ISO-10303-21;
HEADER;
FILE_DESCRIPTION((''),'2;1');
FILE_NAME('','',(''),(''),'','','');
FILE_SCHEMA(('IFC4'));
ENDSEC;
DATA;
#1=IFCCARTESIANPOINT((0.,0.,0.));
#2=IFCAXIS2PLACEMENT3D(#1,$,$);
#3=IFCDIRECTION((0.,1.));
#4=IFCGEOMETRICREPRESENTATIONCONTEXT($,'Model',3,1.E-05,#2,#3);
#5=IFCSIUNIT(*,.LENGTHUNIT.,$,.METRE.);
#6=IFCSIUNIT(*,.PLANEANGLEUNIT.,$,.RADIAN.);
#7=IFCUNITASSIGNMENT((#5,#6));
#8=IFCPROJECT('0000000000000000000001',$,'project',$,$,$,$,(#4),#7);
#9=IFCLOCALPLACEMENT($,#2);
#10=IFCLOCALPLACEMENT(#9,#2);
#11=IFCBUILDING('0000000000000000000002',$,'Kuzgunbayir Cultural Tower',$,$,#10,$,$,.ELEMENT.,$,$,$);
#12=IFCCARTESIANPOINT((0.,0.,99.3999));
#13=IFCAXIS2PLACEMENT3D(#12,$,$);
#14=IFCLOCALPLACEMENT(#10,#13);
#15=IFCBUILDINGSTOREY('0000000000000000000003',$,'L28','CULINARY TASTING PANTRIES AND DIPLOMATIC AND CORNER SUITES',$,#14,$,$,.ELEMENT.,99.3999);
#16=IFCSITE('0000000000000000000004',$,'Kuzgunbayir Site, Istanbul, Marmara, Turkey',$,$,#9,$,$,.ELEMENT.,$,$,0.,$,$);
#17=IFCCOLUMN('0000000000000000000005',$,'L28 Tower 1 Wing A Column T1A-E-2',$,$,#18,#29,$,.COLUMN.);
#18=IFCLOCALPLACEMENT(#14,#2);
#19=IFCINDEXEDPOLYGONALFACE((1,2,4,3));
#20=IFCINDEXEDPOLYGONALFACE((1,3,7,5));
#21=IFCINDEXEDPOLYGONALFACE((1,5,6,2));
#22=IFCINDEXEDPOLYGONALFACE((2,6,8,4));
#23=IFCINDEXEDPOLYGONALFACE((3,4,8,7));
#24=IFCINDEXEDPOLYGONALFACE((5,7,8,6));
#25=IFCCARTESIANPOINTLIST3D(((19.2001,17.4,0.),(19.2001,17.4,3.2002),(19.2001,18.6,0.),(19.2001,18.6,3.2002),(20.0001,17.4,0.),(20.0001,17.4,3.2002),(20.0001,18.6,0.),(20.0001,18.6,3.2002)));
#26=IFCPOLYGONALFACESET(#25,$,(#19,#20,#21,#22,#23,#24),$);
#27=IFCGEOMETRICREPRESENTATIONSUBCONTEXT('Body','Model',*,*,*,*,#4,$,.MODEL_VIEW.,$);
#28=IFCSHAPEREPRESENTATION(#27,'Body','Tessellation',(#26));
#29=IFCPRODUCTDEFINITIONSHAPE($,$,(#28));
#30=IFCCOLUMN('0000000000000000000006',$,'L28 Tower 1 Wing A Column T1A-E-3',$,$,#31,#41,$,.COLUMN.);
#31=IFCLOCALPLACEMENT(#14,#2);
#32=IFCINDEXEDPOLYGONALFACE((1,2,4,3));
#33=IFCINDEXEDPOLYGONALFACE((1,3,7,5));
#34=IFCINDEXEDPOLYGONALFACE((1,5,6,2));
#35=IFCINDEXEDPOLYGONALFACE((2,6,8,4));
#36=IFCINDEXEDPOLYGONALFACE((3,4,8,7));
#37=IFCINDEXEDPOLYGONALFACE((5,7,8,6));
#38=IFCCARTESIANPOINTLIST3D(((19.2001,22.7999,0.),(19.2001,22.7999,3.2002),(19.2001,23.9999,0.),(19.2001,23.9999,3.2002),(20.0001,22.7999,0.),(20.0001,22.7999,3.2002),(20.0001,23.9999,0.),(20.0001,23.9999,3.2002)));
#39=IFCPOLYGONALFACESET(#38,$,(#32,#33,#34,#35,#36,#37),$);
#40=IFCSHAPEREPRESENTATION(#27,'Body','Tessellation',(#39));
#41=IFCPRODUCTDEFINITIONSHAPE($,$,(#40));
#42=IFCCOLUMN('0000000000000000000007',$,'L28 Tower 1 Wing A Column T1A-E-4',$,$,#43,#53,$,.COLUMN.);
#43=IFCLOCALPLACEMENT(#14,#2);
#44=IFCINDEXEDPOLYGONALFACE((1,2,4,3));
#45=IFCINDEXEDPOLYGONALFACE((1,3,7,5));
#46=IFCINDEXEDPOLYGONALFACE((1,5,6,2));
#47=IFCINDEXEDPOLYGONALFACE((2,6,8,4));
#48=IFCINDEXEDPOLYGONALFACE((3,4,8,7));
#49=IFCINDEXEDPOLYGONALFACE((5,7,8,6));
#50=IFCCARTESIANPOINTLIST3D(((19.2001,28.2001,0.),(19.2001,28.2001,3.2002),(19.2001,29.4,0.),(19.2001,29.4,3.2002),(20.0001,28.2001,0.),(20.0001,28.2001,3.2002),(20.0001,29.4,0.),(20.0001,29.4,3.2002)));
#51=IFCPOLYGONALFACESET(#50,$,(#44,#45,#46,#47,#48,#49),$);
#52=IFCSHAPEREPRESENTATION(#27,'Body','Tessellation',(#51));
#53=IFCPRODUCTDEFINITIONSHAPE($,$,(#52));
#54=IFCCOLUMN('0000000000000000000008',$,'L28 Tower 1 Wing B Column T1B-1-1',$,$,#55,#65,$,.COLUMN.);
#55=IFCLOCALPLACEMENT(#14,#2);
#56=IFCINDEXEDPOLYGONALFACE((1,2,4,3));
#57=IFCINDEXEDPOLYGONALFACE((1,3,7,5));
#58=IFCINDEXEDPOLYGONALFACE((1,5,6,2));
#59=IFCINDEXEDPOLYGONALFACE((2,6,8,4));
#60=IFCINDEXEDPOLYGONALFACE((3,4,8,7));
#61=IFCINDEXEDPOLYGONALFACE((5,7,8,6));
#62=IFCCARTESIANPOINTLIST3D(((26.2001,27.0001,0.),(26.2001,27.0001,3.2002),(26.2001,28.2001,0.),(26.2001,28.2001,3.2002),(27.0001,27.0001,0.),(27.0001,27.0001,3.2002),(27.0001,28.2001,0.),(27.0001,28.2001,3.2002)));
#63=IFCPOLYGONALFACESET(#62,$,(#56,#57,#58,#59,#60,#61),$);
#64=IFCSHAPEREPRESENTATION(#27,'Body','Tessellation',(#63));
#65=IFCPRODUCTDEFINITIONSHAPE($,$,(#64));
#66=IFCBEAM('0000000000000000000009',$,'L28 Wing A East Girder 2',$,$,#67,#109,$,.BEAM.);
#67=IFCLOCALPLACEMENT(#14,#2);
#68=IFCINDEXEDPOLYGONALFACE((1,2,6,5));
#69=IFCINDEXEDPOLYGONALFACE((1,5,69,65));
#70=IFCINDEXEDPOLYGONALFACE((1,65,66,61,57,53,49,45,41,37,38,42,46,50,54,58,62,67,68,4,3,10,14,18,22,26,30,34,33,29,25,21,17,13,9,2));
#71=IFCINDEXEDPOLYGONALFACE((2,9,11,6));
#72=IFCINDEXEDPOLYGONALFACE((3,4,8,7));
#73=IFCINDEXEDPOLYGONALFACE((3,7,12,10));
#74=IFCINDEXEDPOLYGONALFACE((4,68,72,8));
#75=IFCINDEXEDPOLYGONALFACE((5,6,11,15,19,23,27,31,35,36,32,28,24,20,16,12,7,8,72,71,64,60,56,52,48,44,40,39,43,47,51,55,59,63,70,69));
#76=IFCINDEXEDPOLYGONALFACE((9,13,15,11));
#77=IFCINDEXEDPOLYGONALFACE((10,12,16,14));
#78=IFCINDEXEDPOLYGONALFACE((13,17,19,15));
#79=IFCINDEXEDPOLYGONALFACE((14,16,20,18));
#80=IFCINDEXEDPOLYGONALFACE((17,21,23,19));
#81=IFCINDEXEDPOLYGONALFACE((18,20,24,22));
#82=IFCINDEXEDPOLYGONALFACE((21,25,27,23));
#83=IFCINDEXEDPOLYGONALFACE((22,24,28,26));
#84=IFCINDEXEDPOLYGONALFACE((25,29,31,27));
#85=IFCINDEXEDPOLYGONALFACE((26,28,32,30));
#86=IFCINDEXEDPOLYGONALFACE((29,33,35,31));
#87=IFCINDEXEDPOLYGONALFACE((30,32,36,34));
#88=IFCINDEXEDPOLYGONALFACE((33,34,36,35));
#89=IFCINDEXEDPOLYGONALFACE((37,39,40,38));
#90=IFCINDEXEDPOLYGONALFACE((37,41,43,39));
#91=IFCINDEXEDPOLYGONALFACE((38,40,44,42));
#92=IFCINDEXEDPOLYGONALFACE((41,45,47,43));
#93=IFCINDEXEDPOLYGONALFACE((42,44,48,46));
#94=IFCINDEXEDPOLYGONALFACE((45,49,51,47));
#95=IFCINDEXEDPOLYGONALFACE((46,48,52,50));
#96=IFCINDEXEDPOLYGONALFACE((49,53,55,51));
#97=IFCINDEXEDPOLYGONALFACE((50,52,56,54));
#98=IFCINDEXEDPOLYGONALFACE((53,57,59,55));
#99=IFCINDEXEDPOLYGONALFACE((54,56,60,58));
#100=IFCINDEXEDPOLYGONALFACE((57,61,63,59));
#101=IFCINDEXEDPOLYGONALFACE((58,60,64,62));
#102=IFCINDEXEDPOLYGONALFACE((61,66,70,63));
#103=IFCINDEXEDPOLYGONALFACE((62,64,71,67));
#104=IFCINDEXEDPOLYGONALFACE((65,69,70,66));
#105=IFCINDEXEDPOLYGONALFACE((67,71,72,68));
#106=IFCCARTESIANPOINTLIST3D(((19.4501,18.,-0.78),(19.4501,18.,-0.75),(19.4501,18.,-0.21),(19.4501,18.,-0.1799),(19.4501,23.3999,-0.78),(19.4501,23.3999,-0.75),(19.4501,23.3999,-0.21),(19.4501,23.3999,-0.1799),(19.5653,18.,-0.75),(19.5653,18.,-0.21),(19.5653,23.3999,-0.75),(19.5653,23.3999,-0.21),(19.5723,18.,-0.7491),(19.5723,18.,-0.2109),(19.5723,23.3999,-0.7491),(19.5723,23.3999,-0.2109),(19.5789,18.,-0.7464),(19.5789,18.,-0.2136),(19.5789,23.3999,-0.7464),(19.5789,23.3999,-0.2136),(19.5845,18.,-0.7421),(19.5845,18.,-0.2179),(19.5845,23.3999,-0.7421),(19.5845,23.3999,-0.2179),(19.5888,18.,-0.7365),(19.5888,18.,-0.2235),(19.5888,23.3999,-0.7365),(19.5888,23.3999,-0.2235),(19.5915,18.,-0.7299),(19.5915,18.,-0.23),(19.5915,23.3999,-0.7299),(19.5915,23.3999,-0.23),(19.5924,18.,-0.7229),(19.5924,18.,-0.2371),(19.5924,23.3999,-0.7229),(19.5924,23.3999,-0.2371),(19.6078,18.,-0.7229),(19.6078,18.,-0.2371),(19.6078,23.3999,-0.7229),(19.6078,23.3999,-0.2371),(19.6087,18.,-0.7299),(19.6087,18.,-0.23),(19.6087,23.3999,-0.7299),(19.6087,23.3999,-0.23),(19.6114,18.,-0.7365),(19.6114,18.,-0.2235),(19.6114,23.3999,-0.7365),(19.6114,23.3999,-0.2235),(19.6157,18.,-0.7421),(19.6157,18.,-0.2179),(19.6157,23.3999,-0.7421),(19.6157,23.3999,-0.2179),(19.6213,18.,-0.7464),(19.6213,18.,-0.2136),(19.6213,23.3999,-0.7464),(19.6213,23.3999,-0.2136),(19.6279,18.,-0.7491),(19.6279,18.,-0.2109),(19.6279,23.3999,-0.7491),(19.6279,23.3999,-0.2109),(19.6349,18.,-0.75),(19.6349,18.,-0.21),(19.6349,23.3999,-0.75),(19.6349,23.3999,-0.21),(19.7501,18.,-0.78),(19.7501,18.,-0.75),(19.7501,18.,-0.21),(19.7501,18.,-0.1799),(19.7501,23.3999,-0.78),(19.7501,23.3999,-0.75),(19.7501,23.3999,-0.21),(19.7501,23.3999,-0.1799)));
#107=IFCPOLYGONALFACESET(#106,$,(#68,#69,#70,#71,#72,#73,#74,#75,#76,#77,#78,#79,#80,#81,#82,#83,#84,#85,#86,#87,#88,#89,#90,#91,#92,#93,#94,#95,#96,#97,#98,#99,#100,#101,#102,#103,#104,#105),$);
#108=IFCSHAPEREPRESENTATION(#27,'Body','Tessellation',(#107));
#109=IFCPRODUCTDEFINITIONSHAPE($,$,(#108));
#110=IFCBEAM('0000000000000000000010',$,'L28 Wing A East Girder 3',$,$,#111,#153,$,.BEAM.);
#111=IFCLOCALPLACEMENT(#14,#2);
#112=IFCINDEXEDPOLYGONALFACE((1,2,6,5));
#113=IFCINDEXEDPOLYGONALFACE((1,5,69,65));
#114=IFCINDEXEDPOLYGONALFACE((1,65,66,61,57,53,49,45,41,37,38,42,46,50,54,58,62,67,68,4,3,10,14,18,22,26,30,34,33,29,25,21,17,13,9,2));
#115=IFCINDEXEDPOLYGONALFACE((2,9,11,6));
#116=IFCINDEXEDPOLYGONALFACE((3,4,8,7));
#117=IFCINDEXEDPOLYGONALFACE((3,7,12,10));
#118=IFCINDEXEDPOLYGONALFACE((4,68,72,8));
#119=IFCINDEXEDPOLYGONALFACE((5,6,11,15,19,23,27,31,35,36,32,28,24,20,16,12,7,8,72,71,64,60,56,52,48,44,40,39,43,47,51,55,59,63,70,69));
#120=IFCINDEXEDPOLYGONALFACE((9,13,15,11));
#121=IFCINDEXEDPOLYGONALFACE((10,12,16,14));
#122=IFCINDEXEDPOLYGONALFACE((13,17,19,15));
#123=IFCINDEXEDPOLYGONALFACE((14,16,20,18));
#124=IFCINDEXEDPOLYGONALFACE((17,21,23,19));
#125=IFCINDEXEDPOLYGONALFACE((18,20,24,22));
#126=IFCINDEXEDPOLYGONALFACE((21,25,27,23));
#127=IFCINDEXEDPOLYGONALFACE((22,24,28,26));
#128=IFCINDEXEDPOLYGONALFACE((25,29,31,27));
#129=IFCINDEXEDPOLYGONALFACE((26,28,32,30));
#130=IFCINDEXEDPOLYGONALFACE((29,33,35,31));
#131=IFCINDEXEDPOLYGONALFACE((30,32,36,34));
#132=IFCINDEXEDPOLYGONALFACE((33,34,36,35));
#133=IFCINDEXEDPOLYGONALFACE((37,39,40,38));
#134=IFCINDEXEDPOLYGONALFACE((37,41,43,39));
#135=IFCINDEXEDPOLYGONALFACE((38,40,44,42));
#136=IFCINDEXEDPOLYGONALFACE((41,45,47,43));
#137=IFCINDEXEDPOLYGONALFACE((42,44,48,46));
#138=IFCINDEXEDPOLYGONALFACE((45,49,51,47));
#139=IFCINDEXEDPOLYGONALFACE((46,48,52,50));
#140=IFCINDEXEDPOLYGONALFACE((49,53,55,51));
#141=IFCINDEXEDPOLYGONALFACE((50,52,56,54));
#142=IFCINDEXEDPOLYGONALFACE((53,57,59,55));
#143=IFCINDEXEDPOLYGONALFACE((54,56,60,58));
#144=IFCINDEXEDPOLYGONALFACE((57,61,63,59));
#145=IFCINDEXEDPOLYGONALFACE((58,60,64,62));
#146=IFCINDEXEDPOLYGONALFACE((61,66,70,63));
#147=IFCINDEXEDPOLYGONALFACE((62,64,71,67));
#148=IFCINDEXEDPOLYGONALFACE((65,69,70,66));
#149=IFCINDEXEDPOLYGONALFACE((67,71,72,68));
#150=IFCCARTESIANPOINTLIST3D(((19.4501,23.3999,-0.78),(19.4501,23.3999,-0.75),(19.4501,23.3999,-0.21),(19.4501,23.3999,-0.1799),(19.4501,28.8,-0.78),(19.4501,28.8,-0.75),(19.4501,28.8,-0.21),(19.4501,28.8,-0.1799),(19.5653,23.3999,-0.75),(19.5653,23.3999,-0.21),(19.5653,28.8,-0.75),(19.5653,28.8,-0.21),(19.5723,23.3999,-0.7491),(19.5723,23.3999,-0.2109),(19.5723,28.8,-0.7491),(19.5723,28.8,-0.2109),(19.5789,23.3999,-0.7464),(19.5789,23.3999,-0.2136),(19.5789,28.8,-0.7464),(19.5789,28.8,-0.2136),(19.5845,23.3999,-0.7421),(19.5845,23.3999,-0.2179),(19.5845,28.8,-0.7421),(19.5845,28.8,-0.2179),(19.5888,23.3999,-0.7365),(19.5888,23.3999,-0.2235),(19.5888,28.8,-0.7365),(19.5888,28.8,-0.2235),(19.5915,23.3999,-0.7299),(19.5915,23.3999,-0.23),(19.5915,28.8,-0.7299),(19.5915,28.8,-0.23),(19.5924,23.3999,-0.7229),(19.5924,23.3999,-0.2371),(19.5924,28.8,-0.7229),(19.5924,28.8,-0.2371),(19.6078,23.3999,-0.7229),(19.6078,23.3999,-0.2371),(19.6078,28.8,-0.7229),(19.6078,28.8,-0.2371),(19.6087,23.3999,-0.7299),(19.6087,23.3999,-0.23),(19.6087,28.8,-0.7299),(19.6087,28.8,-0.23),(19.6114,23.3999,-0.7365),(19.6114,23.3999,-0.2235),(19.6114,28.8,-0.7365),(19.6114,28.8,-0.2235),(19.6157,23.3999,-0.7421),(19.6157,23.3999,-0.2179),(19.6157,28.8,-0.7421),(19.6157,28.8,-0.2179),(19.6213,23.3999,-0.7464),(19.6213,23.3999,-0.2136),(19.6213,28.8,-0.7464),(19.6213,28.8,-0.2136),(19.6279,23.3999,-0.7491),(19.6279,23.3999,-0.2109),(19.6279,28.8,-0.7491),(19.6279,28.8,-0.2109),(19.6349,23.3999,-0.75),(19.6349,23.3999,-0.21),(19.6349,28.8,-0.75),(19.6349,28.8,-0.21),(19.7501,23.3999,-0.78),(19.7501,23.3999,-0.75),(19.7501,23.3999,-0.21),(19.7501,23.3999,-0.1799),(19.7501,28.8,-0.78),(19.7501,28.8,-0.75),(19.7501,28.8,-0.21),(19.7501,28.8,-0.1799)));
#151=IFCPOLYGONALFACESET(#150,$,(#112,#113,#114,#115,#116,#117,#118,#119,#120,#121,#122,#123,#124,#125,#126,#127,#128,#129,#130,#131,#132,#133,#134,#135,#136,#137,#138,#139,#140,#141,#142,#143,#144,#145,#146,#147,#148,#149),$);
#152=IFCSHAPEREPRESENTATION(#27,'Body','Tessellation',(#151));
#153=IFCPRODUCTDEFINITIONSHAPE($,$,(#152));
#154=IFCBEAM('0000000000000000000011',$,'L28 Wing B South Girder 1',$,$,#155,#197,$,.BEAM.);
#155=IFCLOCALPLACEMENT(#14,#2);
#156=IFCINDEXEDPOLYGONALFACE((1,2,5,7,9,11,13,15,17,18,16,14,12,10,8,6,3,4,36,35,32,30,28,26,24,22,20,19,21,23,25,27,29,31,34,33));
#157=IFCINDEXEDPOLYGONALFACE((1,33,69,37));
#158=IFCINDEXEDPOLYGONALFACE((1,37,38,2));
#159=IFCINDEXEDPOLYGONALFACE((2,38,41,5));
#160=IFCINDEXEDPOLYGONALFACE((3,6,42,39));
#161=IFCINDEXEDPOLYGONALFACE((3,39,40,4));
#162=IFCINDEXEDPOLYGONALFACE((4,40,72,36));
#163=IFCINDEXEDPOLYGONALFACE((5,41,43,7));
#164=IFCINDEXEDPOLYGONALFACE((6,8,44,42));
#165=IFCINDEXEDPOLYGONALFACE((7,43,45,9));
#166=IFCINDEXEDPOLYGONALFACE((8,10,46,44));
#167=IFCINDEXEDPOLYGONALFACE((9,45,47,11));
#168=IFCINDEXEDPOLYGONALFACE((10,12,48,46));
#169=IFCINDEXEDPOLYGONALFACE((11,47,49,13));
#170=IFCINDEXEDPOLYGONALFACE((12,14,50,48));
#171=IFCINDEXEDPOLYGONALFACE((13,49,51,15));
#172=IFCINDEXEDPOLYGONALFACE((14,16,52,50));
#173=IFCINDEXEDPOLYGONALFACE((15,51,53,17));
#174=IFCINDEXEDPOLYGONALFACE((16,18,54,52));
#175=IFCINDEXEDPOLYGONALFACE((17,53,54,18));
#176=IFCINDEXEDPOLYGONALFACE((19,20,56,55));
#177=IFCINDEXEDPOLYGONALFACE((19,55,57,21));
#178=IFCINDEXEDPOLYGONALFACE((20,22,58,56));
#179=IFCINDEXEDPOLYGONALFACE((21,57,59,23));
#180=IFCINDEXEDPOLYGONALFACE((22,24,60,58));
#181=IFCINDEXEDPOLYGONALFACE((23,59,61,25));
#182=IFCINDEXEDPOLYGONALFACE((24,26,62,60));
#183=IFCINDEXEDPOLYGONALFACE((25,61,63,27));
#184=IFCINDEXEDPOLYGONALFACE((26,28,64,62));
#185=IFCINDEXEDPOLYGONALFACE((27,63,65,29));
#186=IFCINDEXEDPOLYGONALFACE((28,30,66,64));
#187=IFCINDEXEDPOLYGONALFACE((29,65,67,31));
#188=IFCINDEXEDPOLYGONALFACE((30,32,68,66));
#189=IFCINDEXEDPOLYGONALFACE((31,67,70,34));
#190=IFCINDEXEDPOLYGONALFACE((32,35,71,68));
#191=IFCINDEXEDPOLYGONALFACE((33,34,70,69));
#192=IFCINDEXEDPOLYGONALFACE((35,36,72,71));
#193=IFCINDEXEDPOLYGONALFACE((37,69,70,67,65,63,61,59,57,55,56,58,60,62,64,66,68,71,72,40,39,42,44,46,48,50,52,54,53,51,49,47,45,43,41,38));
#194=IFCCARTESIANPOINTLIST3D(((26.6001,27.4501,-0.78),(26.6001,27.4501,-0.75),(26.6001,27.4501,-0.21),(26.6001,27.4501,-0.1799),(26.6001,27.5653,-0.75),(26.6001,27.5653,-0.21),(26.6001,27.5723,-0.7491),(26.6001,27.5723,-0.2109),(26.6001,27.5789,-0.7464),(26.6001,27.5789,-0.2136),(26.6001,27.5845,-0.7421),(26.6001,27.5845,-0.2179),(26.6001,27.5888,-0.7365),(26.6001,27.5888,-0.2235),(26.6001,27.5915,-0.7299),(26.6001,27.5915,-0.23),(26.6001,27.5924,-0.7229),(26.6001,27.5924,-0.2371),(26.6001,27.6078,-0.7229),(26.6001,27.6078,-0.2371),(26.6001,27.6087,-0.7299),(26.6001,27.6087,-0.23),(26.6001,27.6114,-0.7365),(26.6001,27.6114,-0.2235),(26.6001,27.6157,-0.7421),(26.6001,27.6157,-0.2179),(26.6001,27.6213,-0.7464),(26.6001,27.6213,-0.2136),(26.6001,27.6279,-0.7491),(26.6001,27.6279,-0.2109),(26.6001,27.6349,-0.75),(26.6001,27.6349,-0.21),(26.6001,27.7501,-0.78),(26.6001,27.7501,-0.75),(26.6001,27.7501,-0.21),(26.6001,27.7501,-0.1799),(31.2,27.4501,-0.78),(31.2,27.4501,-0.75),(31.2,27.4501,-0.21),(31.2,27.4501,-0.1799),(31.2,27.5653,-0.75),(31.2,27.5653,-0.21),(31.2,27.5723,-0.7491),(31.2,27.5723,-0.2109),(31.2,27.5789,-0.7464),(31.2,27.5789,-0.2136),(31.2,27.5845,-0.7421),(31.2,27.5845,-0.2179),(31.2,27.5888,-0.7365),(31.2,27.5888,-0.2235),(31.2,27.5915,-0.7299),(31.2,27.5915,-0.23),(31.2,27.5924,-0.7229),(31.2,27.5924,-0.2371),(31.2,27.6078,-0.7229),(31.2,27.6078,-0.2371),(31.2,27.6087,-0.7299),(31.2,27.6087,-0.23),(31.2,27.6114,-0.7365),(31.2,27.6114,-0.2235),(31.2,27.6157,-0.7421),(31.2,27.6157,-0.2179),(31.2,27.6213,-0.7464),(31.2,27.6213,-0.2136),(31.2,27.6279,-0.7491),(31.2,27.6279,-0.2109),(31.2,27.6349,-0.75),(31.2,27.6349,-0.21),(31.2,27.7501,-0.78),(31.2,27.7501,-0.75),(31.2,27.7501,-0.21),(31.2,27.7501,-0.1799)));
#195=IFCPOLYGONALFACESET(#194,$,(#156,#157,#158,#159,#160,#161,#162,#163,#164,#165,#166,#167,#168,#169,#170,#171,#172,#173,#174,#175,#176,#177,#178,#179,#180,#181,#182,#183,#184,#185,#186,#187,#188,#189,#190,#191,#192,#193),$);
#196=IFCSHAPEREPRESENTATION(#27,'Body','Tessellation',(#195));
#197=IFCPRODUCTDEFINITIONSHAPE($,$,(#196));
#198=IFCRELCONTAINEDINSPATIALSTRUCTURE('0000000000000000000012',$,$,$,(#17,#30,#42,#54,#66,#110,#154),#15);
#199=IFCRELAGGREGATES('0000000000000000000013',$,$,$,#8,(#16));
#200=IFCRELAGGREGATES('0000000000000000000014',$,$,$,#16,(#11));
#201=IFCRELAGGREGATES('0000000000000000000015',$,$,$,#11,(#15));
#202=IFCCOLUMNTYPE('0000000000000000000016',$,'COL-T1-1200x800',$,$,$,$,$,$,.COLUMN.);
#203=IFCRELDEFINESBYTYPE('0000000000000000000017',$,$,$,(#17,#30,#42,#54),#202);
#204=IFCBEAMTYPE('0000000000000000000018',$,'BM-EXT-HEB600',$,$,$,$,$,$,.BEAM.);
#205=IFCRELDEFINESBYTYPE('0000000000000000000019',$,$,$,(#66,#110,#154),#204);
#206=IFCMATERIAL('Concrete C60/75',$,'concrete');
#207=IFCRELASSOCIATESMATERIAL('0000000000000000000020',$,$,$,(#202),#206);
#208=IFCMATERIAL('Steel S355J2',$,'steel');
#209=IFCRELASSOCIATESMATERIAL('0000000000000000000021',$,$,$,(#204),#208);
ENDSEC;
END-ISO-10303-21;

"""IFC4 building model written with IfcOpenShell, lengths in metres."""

from ifc_helpers import new_model, si_unit, direction, frame, origin, origin_2d, place, context, subcontext, project, spatial, rectangle, i_section, extrude, material, material_profile, profile_set, type_object, element, save


model = new_model("IFC4")

# Units and contexts
model_context = context("Model", 3, precision=1e-05, world=origin(), true_north=direction((0.0, 1.0)))
body_context = subcontext(model_context, "Body", "Model", "MODEL_VIEW")
ifc_project = project(units=[si_unit("LENGTHUNIT", "METRE"), si_unit("PLANEANGLEUNIT", "RADIAN")], contexts=[model_context])

# Site, building, storey
site_placement = place(None, origin())
site = spatial("IfcSite", under=ifc_project, at=site_placement, Name="Kuzgunbayir Site, Istanbul, Marmara, Turkey", CompositionType="ELEMENT", RefElevation=0.0)
building_placement = place(site_placement, origin())
building = spatial("IfcBuilding", under=site, at=building_placement, Name="Kuzgunbayir Cultural Tower", CompositionType="ELEMENT")
storey_placement = place(building_placement, frame((0.0, 0.0, 99.3999)))
storey = spatial("IfcBuildingStorey", under=building, at=storey_placement, Name="L28", Description="CULINARY TASTING PANTRIES AND DIPLOMATIC AND CORNER SUITES", CompositionType="ELEMENT", Elevation=99.3999)

# Columns
ifc_material_1 = material(Name="Concrete C60/75", Category="concrete")
ifc_material_profile_1 = material_profile(ifc_material_1, rectangle(XDim=0.8, YDim=1.2, at=origin_2d()), Name="RC 1200x800")
ifc_profile_set_1 = profile_set([ifc_material_profile_1], Name="Concrete C60/75")
column_type = type_object("IfcColumnType", Name="COL-T1-1200x800", PredefinedType="COLUMN", material=ifc_profile_set_1)
for number, where, z_axis, x_axis, name in (
    (1, (19.6001, 18.0, 0.0), (0.0, 0.0, 1.0), (1.0, 0.0, 0.0), "L28 Tower 1 Wing A Column T1A-E-2"),
    (2, (19.6001, 23.3999, 0.0), (0.0, 0.0, 1.0), (1.0, 0.0, 0.0), "L28 Tower 1 Wing A Column T1A-E-3"),
    (3, (19.6001, 28.8, 0.0), (0.0, 0.0, 1.0), (1.0, 0.0, 0.0), "L28 Tower 1 Wing A Column T1A-E-4"),
    (4, (26.6001, 27.6001, 0.0), (0.0, 0.0, 1.0), (1.0, 0.0, 0.0), "L28 Tower 1 Wing B Column T1B-1-1"),
):
    element("IfcColumn", number, at=place(storey_placement, frame(where, z_axis=z_axis, x_axis=x_axis)), inside=storey, type_object=column_type, Name=name, PredefinedType="COLUMN", context=body_context, shape_type="SweptSolid", body=[
        extrude(rectangle(XDim=0.8, YDim=1.2, at=origin_2d()), origin(), (0.0, 0.0, 1.0), 3.2002),
    ])

# Beams
ifc_material_2 = material(Name="Steel S355J2", Category="steel")
ifc_material_profile_2 = material_profile(ifc_material_2, i_section(OverallWidth=0.3, OverallDepth=0.6001, WebThickness=0.0154, FlangeThickness=0.03, FilletRadius=0.0271, at=origin_2d()), Name="HEB 600")
ifc_profile_set_2 = profile_set([ifc_material_profile_2], Name="Steel S355J2")
beam_type_1 = type_object("IfcBeamType", Name="BM-EXT-HEB600", PredefinedType="BEAM", material=ifc_profile_set_2)
beam_1_placement = place(storey_placement, frame((19.6001, 18.0, -0.48), z_axis=(0.0, 1.0, 0.0), x_axis=(-1.0, 0.0, 0.0)))
element("IfcBeam", 5, at=beam_1_placement, inside=storey, type_object=beam_type_1, Name="L28 Wing A East Girder 2", PredefinedType="BEAM", context=body_context, shape_type="SweptSolid", body=[
    extrude(i_section(OverallWidth=0.3, OverallDepth=0.6001, WebThickness=0.0154, FlangeThickness=0.03, FilletRadius=0.0271, at=origin_2d()), origin(), (0.0, 0.0, 1.0), 5.3999),
])
beam_2_placement = place(storey_placement, frame((19.6001, 23.3999, -0.48), z_axis=(0.0, 1.0, 0.0), x_axis=(-1.0, 0.0, 0.0)))
element("IfcBeam", 6, at=beam_2_placement, inside=storey, type_object=beam_type_1, Name="L28 Wing A East Girder 3", PredefinedType="BEAM", context=body_context, shape_type="SweptSolid", body=[
    extrude(i_section(OverallWidth=0.3, OverallDepth=0.6001, WebThickness=0.0154, FlangeThickness=0.03, FilletRadius=0.0271, at=origin_2d()), origin(), (0.0, 0.0, 1.0), 5.4001),
])
beam_3_placement = place(storey_placement, frame((26.6001, 27.6001, -0.48), z_axis=(1.0, 0.0, 0.0), x_axis=(0.0, 1.0, 0.0)))
element("IfcBeam", 7, at=beam_3_placement, inside=storey, type_object=beam_type_1, Name="L28 Wing B South Girder 1", PredefinedType="BEAM", context=body_context, shape_type="SweptSolid", body=[
    extrude(i_section(OverallWidth=0.3, OverallDepth=0.6001, WebThickness=0.0154, FlangeThickness=0.03, FilletRadius=0.0271, at=origin_2d()), origin(), (0.0, 0.0, 1.0), 4.5999),
])

save(model, "model.ifc")
